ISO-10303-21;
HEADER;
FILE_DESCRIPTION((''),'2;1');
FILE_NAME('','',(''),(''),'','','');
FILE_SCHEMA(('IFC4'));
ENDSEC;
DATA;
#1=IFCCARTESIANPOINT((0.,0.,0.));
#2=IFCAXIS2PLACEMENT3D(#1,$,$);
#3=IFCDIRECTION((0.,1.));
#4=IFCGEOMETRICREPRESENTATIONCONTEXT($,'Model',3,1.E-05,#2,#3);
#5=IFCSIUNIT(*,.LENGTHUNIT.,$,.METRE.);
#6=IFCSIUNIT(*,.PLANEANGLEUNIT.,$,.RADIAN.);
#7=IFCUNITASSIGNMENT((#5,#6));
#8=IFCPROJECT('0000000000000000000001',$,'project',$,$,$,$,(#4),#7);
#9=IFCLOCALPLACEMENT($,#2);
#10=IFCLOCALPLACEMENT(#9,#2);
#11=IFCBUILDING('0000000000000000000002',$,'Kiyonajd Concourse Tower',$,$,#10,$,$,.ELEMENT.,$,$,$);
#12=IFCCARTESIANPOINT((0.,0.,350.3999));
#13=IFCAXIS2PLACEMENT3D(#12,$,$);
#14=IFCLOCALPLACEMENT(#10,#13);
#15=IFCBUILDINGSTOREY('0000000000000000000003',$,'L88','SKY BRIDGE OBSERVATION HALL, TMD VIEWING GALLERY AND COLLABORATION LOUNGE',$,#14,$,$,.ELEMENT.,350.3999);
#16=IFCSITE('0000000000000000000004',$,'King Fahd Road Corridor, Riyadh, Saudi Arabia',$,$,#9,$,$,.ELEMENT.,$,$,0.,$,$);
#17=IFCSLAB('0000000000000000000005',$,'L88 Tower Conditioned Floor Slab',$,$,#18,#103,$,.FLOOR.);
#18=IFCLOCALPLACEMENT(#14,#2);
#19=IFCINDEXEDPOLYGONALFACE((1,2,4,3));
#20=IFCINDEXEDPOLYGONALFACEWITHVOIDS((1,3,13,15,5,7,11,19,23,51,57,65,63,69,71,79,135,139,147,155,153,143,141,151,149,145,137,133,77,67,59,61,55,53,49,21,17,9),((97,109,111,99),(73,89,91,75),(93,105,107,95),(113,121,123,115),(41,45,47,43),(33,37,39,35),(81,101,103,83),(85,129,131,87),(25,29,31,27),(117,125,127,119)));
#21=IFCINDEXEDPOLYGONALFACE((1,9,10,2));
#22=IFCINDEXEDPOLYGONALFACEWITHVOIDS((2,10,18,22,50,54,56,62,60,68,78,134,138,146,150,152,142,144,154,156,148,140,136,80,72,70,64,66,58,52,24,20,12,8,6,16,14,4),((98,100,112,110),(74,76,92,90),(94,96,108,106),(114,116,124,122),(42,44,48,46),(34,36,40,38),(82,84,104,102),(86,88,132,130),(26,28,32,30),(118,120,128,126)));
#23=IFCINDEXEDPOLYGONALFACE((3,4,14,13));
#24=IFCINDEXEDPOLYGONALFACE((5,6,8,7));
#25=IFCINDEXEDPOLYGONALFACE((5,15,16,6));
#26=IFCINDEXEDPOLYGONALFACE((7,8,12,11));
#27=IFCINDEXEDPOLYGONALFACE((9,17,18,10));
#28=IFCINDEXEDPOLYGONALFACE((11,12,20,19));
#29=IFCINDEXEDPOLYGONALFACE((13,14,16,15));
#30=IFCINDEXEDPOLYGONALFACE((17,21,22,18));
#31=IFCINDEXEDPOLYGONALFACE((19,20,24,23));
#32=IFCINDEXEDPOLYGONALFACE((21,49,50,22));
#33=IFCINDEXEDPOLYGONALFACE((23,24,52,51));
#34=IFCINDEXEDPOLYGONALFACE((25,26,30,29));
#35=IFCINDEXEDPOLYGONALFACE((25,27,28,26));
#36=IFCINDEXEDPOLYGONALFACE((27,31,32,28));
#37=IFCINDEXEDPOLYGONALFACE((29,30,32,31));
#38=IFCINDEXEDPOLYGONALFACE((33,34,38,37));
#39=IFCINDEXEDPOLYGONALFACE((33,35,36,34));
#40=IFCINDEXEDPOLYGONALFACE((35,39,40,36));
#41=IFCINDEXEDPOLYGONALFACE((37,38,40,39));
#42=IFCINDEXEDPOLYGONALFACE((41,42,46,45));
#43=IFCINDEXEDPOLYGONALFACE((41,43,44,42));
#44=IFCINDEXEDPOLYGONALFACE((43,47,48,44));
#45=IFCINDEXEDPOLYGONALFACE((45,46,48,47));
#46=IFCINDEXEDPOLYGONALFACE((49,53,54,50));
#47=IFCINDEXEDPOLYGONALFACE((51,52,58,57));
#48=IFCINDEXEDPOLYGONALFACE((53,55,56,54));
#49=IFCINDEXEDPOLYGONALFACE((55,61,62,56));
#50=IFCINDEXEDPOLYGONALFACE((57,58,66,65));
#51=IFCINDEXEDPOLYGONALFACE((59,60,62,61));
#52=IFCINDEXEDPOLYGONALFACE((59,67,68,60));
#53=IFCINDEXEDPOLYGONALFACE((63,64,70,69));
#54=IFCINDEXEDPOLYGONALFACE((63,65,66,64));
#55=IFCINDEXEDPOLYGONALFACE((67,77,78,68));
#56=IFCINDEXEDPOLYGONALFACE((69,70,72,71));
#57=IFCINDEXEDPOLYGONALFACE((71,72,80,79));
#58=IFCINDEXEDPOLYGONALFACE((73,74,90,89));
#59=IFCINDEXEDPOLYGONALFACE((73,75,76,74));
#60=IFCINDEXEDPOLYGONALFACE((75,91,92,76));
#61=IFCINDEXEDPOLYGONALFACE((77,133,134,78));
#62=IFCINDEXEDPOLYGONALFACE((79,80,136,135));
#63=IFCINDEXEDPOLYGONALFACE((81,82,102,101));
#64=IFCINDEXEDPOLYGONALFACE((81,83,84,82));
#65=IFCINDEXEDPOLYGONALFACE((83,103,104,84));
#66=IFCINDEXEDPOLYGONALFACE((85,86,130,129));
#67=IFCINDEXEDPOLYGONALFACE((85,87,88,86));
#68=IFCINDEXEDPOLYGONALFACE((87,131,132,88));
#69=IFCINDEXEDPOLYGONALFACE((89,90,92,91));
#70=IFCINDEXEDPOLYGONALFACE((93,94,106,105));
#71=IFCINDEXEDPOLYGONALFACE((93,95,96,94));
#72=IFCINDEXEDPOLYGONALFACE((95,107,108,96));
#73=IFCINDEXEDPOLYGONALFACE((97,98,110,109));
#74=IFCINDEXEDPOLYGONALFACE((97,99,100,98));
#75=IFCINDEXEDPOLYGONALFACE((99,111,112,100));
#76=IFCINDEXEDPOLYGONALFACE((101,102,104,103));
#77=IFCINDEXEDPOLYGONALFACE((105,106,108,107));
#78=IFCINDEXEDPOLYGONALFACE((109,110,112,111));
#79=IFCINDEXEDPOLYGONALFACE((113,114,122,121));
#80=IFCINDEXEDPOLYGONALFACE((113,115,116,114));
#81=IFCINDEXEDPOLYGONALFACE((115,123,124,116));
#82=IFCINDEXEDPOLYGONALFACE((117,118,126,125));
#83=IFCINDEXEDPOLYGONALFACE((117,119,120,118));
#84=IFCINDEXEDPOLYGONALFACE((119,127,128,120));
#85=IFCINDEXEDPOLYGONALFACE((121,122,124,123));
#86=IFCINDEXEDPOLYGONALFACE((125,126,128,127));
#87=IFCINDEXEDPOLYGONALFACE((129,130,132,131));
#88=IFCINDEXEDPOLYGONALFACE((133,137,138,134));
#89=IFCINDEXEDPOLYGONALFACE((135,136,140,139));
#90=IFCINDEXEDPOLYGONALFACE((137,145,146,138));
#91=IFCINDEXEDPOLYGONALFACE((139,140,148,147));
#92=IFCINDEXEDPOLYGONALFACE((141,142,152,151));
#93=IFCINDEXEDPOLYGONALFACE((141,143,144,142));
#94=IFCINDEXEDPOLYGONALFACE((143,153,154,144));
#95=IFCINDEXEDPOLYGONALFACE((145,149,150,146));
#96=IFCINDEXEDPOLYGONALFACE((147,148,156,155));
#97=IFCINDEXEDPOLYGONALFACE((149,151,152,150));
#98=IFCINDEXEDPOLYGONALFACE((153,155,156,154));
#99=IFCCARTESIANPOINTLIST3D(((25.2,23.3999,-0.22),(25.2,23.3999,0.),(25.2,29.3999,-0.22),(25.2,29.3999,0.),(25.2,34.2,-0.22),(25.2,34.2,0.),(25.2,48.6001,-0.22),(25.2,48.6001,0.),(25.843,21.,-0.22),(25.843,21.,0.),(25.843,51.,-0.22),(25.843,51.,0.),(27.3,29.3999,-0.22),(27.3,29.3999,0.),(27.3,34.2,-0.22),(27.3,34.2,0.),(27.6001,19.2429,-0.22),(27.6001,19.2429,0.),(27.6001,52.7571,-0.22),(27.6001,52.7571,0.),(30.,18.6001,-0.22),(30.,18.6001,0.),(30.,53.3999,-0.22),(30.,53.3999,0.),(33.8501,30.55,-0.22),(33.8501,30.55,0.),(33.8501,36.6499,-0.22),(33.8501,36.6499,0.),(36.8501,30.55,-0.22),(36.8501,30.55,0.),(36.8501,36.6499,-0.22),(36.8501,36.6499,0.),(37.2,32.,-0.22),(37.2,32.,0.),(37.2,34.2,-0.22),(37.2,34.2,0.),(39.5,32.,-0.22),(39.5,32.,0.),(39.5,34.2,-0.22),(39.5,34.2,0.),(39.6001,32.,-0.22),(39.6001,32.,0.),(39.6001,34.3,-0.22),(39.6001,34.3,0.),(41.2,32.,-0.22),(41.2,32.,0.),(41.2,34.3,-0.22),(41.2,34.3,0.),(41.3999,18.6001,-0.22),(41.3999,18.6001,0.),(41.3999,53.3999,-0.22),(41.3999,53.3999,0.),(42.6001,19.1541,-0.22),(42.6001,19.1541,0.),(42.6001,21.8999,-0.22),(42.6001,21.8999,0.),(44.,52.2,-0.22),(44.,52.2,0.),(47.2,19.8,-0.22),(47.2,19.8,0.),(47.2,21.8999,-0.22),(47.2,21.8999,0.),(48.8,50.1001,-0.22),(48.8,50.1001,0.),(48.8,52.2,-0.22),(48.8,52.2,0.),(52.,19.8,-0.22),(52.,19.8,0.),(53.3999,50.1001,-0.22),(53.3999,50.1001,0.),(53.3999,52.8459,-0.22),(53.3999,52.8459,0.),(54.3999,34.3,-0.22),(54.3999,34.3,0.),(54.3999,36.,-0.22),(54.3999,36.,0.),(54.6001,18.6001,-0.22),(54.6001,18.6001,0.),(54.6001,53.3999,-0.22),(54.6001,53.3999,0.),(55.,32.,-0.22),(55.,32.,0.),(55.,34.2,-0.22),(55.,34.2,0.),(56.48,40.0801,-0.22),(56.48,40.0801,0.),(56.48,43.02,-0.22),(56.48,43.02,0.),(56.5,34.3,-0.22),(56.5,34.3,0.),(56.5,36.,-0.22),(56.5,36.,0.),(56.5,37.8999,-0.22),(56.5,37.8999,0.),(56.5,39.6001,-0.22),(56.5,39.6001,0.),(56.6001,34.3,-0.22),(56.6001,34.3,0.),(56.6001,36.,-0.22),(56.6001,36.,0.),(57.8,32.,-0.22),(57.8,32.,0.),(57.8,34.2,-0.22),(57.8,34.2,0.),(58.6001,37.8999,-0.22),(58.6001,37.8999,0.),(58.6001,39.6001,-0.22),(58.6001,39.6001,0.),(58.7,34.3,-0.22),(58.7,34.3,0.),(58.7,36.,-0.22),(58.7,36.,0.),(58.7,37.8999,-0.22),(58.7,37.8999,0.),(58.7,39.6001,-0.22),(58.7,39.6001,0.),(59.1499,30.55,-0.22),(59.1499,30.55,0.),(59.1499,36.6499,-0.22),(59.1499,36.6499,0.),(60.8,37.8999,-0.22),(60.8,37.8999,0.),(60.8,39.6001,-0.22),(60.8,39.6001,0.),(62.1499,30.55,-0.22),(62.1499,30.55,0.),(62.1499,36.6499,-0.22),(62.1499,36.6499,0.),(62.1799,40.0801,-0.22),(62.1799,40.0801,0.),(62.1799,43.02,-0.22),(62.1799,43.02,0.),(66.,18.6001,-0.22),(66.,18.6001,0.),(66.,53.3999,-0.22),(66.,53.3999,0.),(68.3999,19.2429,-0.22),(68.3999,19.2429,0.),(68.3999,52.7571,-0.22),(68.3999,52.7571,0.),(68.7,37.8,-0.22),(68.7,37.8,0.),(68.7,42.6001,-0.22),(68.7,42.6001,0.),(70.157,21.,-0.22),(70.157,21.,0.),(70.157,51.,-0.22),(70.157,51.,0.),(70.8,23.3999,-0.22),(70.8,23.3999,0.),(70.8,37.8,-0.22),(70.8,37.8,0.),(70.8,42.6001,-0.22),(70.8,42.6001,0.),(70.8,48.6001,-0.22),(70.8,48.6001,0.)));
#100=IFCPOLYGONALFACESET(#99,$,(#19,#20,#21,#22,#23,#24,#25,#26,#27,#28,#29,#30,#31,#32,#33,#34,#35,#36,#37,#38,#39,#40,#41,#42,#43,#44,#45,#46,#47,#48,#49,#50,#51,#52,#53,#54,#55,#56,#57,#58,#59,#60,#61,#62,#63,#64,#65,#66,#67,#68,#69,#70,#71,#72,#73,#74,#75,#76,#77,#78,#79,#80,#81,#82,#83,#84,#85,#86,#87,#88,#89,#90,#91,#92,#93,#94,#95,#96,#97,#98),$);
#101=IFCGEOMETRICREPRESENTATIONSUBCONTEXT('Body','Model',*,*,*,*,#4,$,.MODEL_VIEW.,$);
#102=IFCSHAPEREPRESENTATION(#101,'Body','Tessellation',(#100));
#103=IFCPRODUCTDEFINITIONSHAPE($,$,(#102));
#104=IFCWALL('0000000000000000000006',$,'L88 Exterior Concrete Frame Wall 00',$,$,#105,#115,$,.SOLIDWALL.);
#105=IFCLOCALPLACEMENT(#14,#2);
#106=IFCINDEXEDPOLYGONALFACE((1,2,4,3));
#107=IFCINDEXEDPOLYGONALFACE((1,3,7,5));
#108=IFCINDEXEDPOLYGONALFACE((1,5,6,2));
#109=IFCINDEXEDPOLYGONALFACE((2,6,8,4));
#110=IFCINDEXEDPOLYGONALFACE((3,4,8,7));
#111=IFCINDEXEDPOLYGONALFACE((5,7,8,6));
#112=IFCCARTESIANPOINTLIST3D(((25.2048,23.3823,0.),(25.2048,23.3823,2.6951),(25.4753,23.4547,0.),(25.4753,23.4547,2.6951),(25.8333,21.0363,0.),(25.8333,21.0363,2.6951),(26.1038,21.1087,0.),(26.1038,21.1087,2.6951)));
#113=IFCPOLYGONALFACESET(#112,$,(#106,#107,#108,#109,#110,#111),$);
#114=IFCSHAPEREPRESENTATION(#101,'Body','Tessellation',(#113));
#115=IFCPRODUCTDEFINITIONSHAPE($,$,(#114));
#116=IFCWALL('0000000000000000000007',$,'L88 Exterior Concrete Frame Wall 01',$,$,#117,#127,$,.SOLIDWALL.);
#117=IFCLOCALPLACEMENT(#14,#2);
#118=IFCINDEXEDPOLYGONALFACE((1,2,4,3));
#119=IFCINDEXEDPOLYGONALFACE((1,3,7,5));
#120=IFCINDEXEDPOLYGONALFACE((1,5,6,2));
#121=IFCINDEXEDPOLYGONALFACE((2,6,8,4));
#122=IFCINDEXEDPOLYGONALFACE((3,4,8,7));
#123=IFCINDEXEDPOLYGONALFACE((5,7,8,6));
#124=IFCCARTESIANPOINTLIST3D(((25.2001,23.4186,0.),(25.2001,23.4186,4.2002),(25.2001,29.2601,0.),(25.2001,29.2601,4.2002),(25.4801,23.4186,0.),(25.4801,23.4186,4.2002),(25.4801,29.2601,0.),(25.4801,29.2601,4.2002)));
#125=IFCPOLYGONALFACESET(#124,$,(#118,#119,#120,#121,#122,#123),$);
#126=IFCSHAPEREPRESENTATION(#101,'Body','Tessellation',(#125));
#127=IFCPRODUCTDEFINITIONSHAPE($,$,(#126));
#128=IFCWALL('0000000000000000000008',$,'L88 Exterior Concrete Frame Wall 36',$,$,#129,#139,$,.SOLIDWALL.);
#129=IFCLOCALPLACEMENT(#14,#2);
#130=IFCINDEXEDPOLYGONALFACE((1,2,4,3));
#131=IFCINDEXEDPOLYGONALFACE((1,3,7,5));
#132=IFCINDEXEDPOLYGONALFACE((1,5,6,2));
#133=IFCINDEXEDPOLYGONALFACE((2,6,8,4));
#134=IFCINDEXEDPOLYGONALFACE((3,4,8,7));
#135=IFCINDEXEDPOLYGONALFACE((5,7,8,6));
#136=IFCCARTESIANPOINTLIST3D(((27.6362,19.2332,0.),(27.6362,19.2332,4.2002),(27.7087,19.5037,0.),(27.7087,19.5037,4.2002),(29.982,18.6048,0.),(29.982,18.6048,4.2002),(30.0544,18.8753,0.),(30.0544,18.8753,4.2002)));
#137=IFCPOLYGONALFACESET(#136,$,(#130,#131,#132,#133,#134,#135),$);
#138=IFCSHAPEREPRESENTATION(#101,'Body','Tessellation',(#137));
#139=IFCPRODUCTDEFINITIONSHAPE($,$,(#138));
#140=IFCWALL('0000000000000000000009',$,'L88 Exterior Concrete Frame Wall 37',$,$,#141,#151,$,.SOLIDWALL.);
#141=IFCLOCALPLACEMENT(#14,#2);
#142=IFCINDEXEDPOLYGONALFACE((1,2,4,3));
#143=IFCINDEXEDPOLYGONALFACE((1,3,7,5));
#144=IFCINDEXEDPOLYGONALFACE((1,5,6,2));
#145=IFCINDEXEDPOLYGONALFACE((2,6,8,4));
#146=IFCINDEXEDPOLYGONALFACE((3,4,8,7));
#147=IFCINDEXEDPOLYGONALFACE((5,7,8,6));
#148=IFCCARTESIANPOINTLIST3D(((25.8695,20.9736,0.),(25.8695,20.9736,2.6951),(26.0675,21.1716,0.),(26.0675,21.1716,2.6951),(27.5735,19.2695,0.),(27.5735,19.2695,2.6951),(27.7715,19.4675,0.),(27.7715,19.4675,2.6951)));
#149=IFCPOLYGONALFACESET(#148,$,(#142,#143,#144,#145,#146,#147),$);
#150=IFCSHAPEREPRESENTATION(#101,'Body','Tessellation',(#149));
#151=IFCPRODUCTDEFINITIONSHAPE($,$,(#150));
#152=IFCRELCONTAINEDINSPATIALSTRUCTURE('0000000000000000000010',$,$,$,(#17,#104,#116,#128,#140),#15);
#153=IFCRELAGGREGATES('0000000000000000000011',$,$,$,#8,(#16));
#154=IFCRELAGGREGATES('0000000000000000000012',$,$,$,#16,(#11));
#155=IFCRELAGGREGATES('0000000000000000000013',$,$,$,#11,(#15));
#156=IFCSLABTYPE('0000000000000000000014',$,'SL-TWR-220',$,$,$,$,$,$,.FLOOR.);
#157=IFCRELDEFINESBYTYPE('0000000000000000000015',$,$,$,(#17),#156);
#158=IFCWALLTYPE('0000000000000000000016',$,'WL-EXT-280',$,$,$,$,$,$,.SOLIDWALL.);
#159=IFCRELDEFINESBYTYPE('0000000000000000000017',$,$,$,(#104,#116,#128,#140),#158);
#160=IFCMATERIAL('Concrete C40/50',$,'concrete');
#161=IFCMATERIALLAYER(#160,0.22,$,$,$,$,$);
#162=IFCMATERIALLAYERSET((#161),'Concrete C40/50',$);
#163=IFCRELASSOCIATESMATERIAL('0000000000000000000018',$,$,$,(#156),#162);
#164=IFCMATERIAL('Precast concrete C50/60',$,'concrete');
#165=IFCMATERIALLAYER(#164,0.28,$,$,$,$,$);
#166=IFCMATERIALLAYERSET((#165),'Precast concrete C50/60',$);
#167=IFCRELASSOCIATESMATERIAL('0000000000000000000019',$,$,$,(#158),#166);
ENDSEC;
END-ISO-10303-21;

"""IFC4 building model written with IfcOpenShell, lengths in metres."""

from ifc_helpers import new_model, si_unit, direction, frame, frame_2d, origin, place, context, subcontext, project, spatial, polyline, rectangle, outline, extrude, material, layer, layer_set, type_object, element, save


model = new_model("IFC4")

# Units and contexts
model_context = context("Model", 3, precision=1e-05, world=origin(), true_north=direction((0.0, 1.0)))
body_context = subcontext(model_context, "Body", "Model", "MODEL_VIEW")
ifc_project = project(units=[si_unit("LENGTHUNIT", "METRE"), si_unit("PLANEANGLEUNIT", "RADIAN")], contexts=[model_context])

# Site, building, storey
site_placement = place(None, origin())
site = spatial("IfcSite", under=ifc_project, at=site_placement, Name="King Fahd Road Corridor, Riyadh, Saudi Arabia", CompositionType="ELEMENT", RefElevation=0.0)
building_placement = place(site_placement, origin())
building = spatial("IfcBuilding", under=site, at=building_placement, Name="Kiyonajd Concourse Tower", CompositionType="ELEMENT")
storey_placement = place(building_placement, frame((0.0, 0.0, 350.3999)))
storey = spatial("IfcBuildingStorey", under=building, at=storey_placement, Name="L88", Description="SKY BRIDGE OBSERVATION HALL, TMD VIEWING GALLERY AND COLLABORATION LOUNGE", CompositionType="ELEMENT", Elevation=350.3999)

# Shared definitions
ifc_material_1 = material(Name="Concrete C40/50", Category="concrete")

# Slab
ifc_material_2 = material(Name="Precast concrete C50/60", Category="concrete")
ifc_layer_1 = layer(ifc_material_1, 0.22)
ifc_layer_set_1 = layer_set([ifc_layer_1], Name="Concrete C40/50")
slab_type_1 = type_object("IfcSlabType", Name="SL-TWR-220", PredefinedType="FLOOR", material=ifc_layer_set_1)
slab_1_placement = place(storey_placement, frame((0.0, 0.0, -0.22)))
element("IfcSlab", 1, at=slab_1_placement, inside=storey, type_object=slab_type_1, Name="L88 Tower Conditioned Floor Slab", PredefinedType="FLOOR", context=body_context, shape_type="SweptSolid", body=[
    extrude(outline(polyline([(25.843, 21.0), (25.2, 23.3999), (25.2, 29.3999), (27.3, 29.3999), (27.3, 34.2), (25.2, 34.2), (25.2, 48.6001), (25.843, 51.0), (27.6001, 52.7571), (30.0, 53.3999), (41.3999, 53.3999), (44.0, 52.2), (48.8, 52.2), (48.8, 50.1001), (53.3999, 50.1001), (53.3999, 52.8459), (54.6001, 53.3999), (66.0, 53.3999), (68.3999, 52.7571), (70.157, 51.0), (70.8, 48.6001), (70.8, 42.6001), (68.7, 42.6001), (68.7, 37.8), (70.8, 37.8), (70.8, 23.3999), (70.157, 21.0), (68.3999, 19.2429), (66.0, 18.6001), (54.6001, 18.6001), (52.0, 19.8), (47.2, 19.8), (47.2, 21.8999), (42.6001, 21.8999), (42.6001, 19.1541), (41.3999, 18.6001), (30.0, 18.6001), (27.6001, 19.2429), (25.843, 21.0)]), holes=[polyline([(39.5, 32.0), (37.2, 32.0), (37.2, 34.2), (39.5, 34.2), (39.5, 32.0)]), polyline([(57.8, 32.0), (55.0, 32.0), (55.0, 34.2), (57.8, 34.2), (57.8, 32.0)]), polyline([(41.2, 32.0), (39.6001, 32.0), (39.6001, 34.3), (41.2, 34.3), (41.2, 32.0)]), polyline([(33.8501, 30.55), (33.8501, 36.6499), (36.8501, 36.6499), (36.8501, 30.55), (33.8501, 30.55)]), polyline([(59.1499, 30.55), (59.1499, 36.6499), (62.1499, 36.6499), (62.1499, 30.55), (59.1499, 30.55)]), polyline([(56.5, 34.3), (54.3999, 34.3), (54.3999, 36.0), (56.5, 36.0), (56.5, 34.3)]), polyline([(58.7, 34.3), (56.6001, 34.3), (56.6001, 36.0), (58.7, 36.0), (58.7, 34.3)]), polyline([(58.6001, 37.8999), (56.5, 37.8999), (56.5, 39.6001), (58.6001, 39.6001), (58.6001, 37.8999)]), polyline([(58.7, 37.8999), (58.7, 39.6001), (60.8, 39.6001), (60.8, 37.8999), (58.7, 37.8999)]), polyline([(56.48, 43.02), (62.1799, 43.02), (62.1799, 40.0801), (56.48, 40.0801), (56.48, 43.02)])]), origin(), (0.0, 0.0, 1.0), 0.22),
])

# Walls
ifc_layer_2 = layer(ifc_material_2, 0.28)
ifc_layer_set_2 = layer_set([ifc_layer_2], Name="Precast concrete C50/60")
wall_type = type_object("IfcWallType", Name="WL-EXT-280", PredefinedType="SOLIDWALL", material=ifc_layer_set_2)
wall_1_placement = place(storey_placement, frame((25.9685, 21.0725, 0.0), z_axis=(0.0, 0.0, 1.0), x_axis=(-0.258751, 0.965944, 0.0)))
element("IfcWall", 2, at=wall_1_placement, inside=storey, type_object=wall_type, Name="L88 Exterior Concrete Frame Wall 00", PredefinedType="SOLIDWALL", context=body_context, shape_type="SweptSolid", body=[
    extrude(rectangle(XDim=2.4287, YDim=0.28, at=frame_2d((1.2144, 0.0))), origin(), (0.0, 0.0, 1.0), 2.6951),
])
wall_2_placement = place(storey_placement, frame((25.3401, 23.4185, 0.0), z_axis=(0.0, 0.0, 1.0), x_axis=(0.0, 1.0, 0.0)))
element("IfcWall", 3, at=wall_2_placement, inside=storey, type_object=wall_type, Name="L88 Exterior Concrete Frame Wall 01", PredefinedType="SOLIDWALL", context=body_context, shape_type="SweptSolid", body=[
    extrude(rectangle(XDim=5.8416, YDim=0.28, at=frame_2d((2.9209, 0.0))), origin(), (0.0, 0.0, 1.0), 4.2002),
])
wall_3_placement = place(storey_placement, frame((30.0183, 18.74, 0.0), z_axis=(0.0, 0.0, 1.0), x_axis=(-0.965937, 0.258776, 0.0)))
element("IfcWall", 4, at=wall_3_placement, inside=storey, type_object=wall_type, Name="L88 Exterior Concrete Frame Wall 36", PredefinedType="SOLIDWALL", context=body_context, shape_type="SweptSolid", body=[
    extrude(rectangle(XDim=2.4285, YDim=0.28, at=frame_2d((1.2144, 0.0))), origin(), (0.0, 0.0, 1.0), 4.2002),
])
wall_4_placement = place(storey_placement, frame((27.6726, 19.3684, 0.0), z_axis=(0.0, 0.0, 1.0), x_axis=(-0.707107, 0.707107, 0.0)))
element("IfcWall", 5, at=wall_4_placement, inside=storey, type_object=wall_type, Name="L88 Exterior Concrete Frame Wall 37", PredefinedType="SOLIDWALL", context=body_context, shape_type="SweptSolid", body=[
    extrude(rectangle(XDim=2.4099, YDim=0.28, at=frame_2d((1.2051, 0.0))), origin(), (0.0, 0.0, 1.0), 2.6951),
])

save(model, "model.ifc")
